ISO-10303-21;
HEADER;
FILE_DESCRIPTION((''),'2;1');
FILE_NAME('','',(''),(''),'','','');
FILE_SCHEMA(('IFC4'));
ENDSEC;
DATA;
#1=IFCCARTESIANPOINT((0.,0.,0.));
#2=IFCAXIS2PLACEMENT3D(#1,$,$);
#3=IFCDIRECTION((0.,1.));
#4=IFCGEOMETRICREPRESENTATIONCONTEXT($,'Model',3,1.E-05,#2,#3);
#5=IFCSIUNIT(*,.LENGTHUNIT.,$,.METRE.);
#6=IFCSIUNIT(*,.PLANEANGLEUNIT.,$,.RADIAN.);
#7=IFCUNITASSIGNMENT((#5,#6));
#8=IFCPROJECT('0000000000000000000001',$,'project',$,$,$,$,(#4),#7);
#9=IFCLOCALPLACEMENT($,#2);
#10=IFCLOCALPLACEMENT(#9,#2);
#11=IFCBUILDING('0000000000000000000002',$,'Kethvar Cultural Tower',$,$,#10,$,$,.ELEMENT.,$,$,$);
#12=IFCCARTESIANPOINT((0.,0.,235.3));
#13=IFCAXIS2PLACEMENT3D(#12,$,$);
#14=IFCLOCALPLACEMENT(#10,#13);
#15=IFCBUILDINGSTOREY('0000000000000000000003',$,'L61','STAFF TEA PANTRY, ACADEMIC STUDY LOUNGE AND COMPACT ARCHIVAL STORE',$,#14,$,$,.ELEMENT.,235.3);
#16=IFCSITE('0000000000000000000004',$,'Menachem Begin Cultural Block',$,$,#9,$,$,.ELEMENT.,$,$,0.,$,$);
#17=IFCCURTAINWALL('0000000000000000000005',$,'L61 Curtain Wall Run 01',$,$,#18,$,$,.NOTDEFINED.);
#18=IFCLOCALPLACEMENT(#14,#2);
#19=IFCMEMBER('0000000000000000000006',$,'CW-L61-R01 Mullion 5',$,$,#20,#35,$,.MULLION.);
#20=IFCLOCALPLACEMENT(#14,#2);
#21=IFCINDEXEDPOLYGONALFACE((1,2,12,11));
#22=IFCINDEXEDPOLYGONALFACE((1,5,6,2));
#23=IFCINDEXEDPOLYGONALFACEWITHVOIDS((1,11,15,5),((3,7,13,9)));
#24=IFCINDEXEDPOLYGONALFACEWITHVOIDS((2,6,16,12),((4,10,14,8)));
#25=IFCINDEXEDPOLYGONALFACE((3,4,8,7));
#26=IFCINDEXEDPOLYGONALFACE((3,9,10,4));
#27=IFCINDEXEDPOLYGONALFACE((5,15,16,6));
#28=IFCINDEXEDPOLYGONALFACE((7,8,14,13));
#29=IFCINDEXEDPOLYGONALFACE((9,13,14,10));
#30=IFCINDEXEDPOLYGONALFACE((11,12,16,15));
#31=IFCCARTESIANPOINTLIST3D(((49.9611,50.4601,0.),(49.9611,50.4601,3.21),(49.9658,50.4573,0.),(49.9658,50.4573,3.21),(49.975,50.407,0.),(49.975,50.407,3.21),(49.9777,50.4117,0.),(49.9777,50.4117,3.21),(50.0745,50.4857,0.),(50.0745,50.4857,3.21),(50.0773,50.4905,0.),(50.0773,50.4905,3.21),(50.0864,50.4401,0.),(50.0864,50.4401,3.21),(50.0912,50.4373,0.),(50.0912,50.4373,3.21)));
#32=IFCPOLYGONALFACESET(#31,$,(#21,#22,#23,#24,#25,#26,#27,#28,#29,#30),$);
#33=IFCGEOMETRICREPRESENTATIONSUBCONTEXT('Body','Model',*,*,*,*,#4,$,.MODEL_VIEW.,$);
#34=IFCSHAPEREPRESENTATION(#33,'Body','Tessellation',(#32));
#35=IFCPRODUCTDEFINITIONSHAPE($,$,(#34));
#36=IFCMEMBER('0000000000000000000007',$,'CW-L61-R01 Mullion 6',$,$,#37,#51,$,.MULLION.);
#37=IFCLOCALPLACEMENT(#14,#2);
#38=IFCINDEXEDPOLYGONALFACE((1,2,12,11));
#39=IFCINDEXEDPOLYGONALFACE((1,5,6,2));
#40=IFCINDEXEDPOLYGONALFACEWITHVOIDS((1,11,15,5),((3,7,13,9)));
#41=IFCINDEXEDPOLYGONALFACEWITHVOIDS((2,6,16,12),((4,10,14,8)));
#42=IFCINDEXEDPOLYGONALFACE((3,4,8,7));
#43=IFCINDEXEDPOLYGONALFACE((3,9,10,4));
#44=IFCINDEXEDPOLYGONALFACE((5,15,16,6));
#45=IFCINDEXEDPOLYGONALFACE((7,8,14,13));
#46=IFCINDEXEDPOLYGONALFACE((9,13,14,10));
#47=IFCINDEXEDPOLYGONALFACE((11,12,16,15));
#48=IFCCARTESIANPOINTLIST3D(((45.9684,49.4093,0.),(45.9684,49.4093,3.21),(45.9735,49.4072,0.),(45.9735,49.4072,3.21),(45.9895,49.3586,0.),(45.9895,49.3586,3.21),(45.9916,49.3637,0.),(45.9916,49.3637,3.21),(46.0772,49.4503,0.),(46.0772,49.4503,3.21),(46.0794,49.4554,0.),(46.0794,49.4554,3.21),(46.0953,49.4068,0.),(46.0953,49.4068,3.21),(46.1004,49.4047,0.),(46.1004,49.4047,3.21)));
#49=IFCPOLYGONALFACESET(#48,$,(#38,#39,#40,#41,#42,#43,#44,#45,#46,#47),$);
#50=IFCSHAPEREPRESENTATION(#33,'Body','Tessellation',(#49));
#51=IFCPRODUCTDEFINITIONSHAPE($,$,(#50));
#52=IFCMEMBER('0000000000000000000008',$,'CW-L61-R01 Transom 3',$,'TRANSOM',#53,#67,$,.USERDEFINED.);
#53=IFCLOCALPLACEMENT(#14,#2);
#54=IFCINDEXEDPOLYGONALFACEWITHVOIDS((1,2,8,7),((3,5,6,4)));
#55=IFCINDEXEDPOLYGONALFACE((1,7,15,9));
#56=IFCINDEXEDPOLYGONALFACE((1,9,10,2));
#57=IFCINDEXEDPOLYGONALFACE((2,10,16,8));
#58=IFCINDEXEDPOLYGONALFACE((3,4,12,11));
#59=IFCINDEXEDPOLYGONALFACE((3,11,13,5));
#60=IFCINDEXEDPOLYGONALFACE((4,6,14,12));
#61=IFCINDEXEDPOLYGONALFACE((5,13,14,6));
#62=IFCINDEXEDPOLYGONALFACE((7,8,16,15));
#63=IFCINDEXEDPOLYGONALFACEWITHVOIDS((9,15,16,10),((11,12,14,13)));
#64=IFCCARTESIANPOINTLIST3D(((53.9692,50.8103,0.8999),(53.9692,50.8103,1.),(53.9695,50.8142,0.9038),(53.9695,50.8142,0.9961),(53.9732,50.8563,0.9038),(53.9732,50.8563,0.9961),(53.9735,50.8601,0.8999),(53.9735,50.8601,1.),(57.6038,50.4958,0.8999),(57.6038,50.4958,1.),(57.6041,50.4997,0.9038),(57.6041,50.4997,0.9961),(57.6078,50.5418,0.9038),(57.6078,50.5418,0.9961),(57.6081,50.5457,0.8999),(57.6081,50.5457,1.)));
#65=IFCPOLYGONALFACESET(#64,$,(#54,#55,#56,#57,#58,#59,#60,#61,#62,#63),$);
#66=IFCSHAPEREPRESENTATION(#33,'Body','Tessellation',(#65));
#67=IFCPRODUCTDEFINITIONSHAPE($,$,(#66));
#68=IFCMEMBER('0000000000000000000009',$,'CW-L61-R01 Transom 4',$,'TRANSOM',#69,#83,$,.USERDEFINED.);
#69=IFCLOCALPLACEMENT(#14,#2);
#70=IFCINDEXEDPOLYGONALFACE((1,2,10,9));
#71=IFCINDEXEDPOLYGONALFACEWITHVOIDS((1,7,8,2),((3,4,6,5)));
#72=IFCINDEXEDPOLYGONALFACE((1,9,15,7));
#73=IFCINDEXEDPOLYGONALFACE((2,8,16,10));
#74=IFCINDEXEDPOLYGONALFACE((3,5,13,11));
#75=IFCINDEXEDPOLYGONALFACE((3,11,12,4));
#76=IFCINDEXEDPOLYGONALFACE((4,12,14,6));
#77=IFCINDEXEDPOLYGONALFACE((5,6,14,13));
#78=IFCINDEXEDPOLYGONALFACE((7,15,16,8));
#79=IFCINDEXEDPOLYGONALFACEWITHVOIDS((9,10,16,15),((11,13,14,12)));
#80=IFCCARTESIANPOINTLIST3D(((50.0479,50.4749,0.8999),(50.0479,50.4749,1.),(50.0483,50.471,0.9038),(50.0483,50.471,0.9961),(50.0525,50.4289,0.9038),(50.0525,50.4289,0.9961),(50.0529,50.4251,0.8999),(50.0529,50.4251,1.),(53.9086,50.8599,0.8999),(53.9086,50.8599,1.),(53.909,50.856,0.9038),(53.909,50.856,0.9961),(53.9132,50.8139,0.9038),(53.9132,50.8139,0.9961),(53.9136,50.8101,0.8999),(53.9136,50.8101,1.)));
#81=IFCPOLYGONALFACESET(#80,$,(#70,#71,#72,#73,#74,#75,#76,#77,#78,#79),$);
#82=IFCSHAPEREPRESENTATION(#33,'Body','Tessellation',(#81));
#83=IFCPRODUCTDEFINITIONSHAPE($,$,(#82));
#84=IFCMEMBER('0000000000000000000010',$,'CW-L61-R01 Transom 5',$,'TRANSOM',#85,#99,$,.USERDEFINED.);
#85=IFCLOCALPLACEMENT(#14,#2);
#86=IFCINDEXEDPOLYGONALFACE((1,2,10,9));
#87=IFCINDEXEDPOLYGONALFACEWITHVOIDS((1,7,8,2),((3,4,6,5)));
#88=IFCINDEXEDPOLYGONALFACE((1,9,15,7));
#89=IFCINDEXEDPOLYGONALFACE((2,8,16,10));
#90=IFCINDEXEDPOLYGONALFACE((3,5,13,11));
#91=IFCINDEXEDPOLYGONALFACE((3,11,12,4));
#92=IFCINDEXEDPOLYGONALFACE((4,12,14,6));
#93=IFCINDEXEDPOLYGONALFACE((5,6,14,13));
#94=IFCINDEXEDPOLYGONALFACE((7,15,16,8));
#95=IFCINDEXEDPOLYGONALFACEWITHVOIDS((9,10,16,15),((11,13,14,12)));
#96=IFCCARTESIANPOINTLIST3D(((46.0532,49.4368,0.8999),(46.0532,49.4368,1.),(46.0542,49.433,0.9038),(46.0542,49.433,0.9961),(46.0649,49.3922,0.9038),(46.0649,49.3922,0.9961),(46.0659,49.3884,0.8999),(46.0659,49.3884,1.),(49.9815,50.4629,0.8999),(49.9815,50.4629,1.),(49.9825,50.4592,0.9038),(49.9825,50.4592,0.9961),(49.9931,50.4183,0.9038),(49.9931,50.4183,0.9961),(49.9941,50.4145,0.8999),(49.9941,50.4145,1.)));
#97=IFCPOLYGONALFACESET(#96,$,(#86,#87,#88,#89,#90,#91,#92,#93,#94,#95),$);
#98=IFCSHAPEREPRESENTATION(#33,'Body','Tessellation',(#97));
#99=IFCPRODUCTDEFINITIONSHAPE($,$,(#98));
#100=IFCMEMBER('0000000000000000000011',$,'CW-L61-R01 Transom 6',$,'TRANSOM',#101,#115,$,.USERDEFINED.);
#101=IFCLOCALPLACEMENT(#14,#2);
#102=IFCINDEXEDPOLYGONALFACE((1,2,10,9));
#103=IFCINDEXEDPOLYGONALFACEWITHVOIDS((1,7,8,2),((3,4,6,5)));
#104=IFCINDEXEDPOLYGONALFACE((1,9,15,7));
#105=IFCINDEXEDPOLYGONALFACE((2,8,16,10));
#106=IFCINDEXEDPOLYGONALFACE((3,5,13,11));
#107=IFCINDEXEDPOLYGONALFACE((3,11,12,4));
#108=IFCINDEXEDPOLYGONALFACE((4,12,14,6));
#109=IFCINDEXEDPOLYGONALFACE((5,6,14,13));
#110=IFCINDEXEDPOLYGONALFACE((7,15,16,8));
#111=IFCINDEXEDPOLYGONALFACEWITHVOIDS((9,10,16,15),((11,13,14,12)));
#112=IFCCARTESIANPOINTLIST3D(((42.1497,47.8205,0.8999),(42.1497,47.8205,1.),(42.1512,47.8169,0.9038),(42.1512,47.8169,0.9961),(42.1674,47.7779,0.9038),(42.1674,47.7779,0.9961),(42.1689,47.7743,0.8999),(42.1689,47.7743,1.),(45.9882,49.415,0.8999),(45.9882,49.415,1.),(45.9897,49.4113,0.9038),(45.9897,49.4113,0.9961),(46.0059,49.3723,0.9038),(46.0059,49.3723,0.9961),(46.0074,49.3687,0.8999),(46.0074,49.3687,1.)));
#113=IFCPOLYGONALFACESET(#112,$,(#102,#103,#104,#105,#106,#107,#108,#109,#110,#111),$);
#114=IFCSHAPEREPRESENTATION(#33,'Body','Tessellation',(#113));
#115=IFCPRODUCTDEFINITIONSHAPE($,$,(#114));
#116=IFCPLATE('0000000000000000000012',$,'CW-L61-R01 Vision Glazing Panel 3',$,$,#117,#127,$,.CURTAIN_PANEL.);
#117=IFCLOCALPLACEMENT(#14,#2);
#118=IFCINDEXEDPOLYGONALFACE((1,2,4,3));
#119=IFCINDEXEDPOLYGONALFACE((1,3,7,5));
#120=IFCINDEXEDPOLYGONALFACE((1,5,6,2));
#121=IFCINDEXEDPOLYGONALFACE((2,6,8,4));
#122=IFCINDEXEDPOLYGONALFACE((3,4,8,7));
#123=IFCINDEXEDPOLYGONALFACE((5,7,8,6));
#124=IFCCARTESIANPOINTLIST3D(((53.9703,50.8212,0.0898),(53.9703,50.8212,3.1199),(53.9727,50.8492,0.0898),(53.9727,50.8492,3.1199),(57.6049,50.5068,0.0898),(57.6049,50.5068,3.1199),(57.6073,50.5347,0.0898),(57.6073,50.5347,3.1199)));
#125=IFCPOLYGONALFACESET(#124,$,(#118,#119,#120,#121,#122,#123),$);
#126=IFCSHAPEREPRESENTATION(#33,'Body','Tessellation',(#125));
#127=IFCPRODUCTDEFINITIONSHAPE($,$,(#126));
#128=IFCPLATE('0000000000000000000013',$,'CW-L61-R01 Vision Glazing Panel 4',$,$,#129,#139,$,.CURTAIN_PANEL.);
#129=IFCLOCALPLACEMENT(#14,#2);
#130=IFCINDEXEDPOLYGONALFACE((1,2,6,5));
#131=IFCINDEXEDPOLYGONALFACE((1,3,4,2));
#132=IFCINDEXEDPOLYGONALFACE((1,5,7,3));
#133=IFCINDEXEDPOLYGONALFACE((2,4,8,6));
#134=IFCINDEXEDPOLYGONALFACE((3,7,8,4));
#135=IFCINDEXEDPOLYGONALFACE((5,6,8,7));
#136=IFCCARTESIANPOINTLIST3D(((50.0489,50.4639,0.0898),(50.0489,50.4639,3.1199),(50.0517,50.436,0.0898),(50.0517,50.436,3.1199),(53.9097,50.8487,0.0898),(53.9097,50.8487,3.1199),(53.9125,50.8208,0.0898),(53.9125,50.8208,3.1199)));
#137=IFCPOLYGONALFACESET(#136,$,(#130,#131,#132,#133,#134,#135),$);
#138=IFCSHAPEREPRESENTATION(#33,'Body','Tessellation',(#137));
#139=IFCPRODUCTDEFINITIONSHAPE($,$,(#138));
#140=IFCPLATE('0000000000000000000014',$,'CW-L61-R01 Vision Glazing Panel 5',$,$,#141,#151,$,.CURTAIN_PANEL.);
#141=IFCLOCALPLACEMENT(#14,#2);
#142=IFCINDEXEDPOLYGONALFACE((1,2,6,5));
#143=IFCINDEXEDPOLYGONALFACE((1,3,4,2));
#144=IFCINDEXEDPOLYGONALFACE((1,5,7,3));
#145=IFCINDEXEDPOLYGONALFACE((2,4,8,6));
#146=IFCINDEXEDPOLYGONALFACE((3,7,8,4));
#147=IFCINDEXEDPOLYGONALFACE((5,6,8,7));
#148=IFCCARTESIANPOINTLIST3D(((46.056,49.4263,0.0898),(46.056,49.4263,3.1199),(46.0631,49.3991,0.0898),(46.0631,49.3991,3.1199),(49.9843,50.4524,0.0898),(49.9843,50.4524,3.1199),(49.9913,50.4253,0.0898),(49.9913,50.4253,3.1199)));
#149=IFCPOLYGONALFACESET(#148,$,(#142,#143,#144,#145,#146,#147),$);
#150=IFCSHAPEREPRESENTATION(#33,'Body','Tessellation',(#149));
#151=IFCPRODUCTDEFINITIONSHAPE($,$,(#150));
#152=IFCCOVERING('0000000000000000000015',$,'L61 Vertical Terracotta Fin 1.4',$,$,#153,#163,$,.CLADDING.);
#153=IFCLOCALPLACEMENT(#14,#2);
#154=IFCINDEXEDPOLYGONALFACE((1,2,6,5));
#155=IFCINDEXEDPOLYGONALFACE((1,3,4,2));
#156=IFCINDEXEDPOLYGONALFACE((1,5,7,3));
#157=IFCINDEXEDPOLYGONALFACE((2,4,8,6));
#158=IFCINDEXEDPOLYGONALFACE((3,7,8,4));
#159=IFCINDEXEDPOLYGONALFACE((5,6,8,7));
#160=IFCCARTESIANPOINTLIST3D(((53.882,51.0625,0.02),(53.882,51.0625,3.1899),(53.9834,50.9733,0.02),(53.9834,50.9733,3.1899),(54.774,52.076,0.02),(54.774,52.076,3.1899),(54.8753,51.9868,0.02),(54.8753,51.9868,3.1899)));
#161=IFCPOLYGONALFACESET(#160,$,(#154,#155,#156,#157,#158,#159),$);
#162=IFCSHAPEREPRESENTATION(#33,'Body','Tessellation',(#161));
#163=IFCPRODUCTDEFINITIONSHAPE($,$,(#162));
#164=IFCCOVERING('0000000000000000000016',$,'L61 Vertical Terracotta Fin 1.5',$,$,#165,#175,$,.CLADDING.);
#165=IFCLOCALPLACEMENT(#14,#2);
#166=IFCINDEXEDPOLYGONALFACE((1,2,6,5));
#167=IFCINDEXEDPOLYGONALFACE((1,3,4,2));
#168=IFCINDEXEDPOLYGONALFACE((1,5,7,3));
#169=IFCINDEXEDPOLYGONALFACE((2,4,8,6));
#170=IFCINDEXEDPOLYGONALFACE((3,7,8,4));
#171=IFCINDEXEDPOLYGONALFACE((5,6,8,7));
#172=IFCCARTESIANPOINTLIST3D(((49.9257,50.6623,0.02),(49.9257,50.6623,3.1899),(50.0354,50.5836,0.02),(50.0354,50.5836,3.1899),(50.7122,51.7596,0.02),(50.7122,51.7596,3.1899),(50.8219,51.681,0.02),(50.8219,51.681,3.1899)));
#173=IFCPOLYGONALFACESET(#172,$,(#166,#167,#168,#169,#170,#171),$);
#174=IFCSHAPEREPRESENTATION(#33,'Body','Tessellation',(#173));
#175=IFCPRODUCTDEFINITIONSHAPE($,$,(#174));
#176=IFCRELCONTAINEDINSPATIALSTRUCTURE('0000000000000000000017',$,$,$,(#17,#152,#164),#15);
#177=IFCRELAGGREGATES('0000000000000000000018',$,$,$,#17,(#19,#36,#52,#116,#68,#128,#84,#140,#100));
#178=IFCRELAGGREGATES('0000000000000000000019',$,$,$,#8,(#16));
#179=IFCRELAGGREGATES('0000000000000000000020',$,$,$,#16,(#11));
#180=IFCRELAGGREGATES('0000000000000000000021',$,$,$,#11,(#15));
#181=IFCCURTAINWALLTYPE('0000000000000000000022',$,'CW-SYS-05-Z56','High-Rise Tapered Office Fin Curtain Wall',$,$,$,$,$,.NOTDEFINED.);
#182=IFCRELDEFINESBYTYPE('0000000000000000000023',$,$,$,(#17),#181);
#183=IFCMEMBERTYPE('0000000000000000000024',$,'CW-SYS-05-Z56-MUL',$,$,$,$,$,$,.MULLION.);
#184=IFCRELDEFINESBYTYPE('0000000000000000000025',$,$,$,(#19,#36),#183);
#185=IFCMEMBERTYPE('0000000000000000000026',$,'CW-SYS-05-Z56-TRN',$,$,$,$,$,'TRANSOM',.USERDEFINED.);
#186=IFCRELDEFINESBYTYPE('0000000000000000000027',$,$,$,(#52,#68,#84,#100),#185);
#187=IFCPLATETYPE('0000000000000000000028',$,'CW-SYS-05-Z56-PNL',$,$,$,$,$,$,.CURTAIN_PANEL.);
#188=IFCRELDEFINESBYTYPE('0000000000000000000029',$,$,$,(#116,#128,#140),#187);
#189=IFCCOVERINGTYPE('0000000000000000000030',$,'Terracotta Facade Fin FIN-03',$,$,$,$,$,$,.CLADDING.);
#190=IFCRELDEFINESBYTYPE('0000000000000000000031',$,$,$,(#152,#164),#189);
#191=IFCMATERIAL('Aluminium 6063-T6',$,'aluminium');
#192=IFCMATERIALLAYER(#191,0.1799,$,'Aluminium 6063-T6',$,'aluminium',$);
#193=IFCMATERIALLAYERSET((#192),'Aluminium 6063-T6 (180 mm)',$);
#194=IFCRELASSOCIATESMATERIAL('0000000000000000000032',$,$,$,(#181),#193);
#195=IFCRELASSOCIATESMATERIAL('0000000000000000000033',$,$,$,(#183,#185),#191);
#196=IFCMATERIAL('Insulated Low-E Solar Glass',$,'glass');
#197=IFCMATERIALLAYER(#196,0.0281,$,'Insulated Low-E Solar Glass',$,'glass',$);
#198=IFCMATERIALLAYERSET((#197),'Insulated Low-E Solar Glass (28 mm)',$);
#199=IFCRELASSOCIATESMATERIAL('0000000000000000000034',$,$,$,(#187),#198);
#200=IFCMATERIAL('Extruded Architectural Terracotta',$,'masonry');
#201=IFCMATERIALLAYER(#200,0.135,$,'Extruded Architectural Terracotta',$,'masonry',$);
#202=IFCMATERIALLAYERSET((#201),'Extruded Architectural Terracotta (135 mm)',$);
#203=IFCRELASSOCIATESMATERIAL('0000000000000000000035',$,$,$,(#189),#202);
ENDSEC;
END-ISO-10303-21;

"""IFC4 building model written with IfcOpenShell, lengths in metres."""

from ifc_helpers import new_model, si_unit, direction, frame, origin, origin_2d, place, context, subcontext, project, spatial, rectangle, hollow_rectangle, extrude, source, transform, mapped, material, layer, layer_set, material_profile, profile_set, type_object, element, aggregate, save


model = new_model("IFC4")

# Units and contexts
model_context = context("Model", 3, precision=1e-05, world=origin(), true_north=direction((0.0, 1.0)))
body_context = subcontext(model_context, "Body", "Model", "MODEL_VIEW")
ifc_project = project(units=[si_unit("LENGTHUNIT", "METRE"), si_unit("PLANEANGLEUNIT", "RADIAN")], contexts=[model_context])

# Site, building, storey
site_placement = place(None, origin())
site = spatial("IfcSite", under=ifc_project, at=site_placement, Name="Menachem Begin Cultural Block", CompositionType="ELEMENT", RefElevation=0.0)
building_placement = place(site_placement, origin())
building = spatial("IfcBuilding", under=site, at=building_placement, Name="Kethvar Cultural Tower", CompositionType="ELEMENT")
storey_placement = place(building_placement, frame((0.0, 0.0, 235.3)))
storey = spatial("IfcBuildingStorey", under=building, at=storey_placement, Name="L61", Description="STAFF TEA PANTRY, ACADEMIC STUDY LOUNGE AND COMPACT ARCHIVAL STORE", CompositionType="ELEMENT", Elevation=235.3)

# Curtain wall, members, plates
ifc_material_1 = material(Name="Aluminium 6063-T6", Category="aluminium")
ifc_layer_1 = layer(ifc_material_1, 0.1799, Name="Aluminium 6063-T6", Category="aluminium")
ifc_layer_set_1 = layer_set([ifc_layer_1], Name="Aluminium 6063-T6 (180 mm)")
curtain_wall_type = type_object("IfcCurtainWallType", Name="CW-SYS-05-Z56", Description="High-Rise Tapered Office Fin Curtain Wall", PredefinedType="NOTDEFINED", material=ifc_layer_set_1)
curtain_wall_placement = place(storey_placement, origin())
curtain_wall = element("IfcCurtainWall", 1, at=curtain_wall_placement, inside=storey, type_object=curtain_wall_type, Name="L61 Curtain Wall Run 01", PredefinedType="NOTDEFINED")
ifc_material_profile_1 = material_profile(ifc_material_1, hollow_rectangle(XDim=0.0549, YDim=0.1201, WallThickness=0.0039, at=origin_2d()), Name="Aluminium 6063-T6 — RHS120x55x4")
ifc_profile_set_1 = profile_set([ifc_material_profile_1], Name="Aluminium 6063-T6 — RHS120x55x4")
member_type_1 = type_object("IfcMemberType", Name="CW-SYS-05-Z56-MUL", PredefinedType="MULLION", material=ifc_profile_set_1)
shared_shape_1 = source(origin(), body_context, "Body", "SweptSolid", [
    extrude(hollow_rectangle(XDim=0.0549, YDim=0.1201, WallThickness=0.0039, at=origin_2d()), origin(), (0.0, 0.0, 1.0), 3.21),
])
member_1_placement = place(storey_placement, frame((50.0261, 50.4487, 0.0), z_axis=(0.0, 0.0, 1.0), x_axis=(0.252745, -0.967533, 0.0)))
member_1 = element("IfcMember", 2, at=member_1_placement, type_object=member_type_1, Name="CW-L61-R01 Mullion 5", PredefinedType="MULLION", context=body_context, shape_type="MappedRepresentation", body=[
    mapped(shared_shape_1, transform((0.0, 0.0, 0.0), scale=1.0)),
])
member_2_placement = place(storey_placement, frame((46.0344, 49.407, 0.0), z_axis=(0.0, 0.0, 1.0), x_axis=(0.383618, -0.923492, 0.0)))
member_2 = element("IfcMember", 3, at=member_2_placement, type_object=member_type_1, Name="CW-L61-R01 Mullion 6", PredefinedType="MULLION", context=body_context, shape_type="MappedRepresentation", body=[
    mapped(shared_shape_1, transform((0.0, 0.0, 0.0), scale=1.0)),
])
ifc_material_profile_2 = material_profile(ifc_material_1, hollow_rectangle(XDim=0.05, YDim=0.1001, WallThickness=0.0039, at=origin_2d()), Name="Aluminium 6063-T6 — RHS100x50x4")
ifc_profile_set_2 = profile_set([ifc_material_profile_2], Name="Aluminium 6063-T6 — RHS100x50x4")
member_type_2 = type_object("IfcMemberType", Name="CW-SYS-05-Z56-TRN", ElementType="TRANSOM", PredefinedType="USERDEFINED", material=ifc_profile_set_2)
shared_shape_2 = source(origin(), body_context, "Body", "SweptSolid", [
    extrude(hollow_rectangle(XDim=0.05, YDim=0.1001, WallThickness=0.0039, at=origin_2d()), origin(), (0.0, 0.0, 1.0), 3.6482),
])
member_3_placement = place(storey_placement, frame((57.606, 50.5208, 0.95), z_axis=(-0.996278, 0.086196, 0.0), x_axis=(-0.086196, -0.996278, 0.0)))
member_3 = element("IfcMember", 4, at=member_3_placement, type_object=member_type_2, Name="CW-L61-R01 Transom 3", ObjectType="TRANSOM", PredefinedType="USERDEFINED", context=body_context, shape_type="MappedRepresentation", body=[
    mapped(shared_shape_2, transform((0.0, 0.0, 0.0), scale=1.0)),
])
shared_shape_3 = source(origin(), body_context, "Body", "SweptSolid", [
    extrude(hollow_rectangle(XDim=0.05, YDim=0.1001, WallThickness=0.0039, at=origin_2d()), origin(), (0.0, 0.0, 1.0), 3.8799),
])
member_4_placement = place(storey_placement, frame((53.9111, 50.835, 0.95), z_axis=(-0.995065, -0.09923, 0.0), x_axis=(0.09923, -0.995065, 0.0)))
member_4 = element("IfcMember", 5, at=member_4_placement, type_object=member_type_2, Name="CW-L61-R01 Transom 4", ObjectType="TRANSOM", PredefinedType="USERDEFINED", context=body_context, shape_type="MappedRepresentation", body=[
    mapped(shared_shape_3, transform((0.0, 0.0, 0.0), scale=1.0)),
])
shared_shape_4 = source(origin(), body_context, "Body", "SweptSolid", [
    extrude(hollow_rectangle(XDim=0.05, YDim=0.1001, WallThickness=0.0039, at=origin_2d()), origin(), (0.0, 0.0, 1.0), 4.0601),
])
member_5_placement = place(storey_placement, frame((49.9878, 50.4387, 0.95), z_axis=(-0.967535, -0.252738, 0.0), x_axis=(0.252738, -0.967535, 0.0)))
member_5 = element("IfcMember", 6, at=member_5_placement, type_object=member_type_2, Name="CW-L61-R01 Transom 5", ObjectType="TRANSOM", PredefinedType="USERDEFINED", context=body_context, shape_type="MappedRepresentation", body=[
    mapped(shared_shape_4, transform((0.0, 0.0, 0.0), scale=1.0)),
])
shared_shape_5 = source(origin(), body_context, "Body", "SweptSolid", [
    extrude(hollow_rectangle(XDim=0.05, YDim=0.1001, WallThickness=0.0039, at=origin_2d()), origin(), (0.0, 0.0, 1.0), 4.1565),
])
member_6_placement = place(storey_placement, frame((45.9978, 49.3918, 0.95), z_axis=(-0.923499, -0.383602, 0.0), x_axis=(0.383602, -0.923499, 0.0)))
member_6 = element("IfcMember", 7, at=member_6_placement, type_object=member_type_2, Name="CW-L61-R01 Transom 6", ObjectType="TRANSOM", PredefinedType="USERDEFINED", context=body_context, shape_type="MappedRepresentation", body=[
    mapped(shared_shape_5, transform((0.0, 0.0, 0.0), scale=1.0)),
])
ifc_material_2 = material(Name="Insulated Low-E Solar Glass", Category="glass")
ifc_layer_2 = layer(ifc_material_2, 0.0281, Name="Insulated Low-E Solar Glass", Category="glass")
ifc_layer_set_2 = layer_set([ifc_layer_2], Name="Insulated Low-E Solar Glass (28 mm)")
plate_type = type_object("IfcPlateType", Name="CW-SYS-05-Z56-PNL", PredefinedType="CURTAIN_PANEL", material=ifc_layer_set_2)
shared_shape_6 = source(origin(), body_context, "Body", "SweptSolid", [
    extrude(rectangle(XDim=3.6482, YDim=0.0281, at=origin_2d()), origin(), (0.0, 0.0, 1.0), 3.03),
])
plate_1_placement = place(storey_placement, frame((55.7888, 50.678, 0.0898), z_axis=(0.0, 0.0, 1.0), x_axis=(-0.996278, 0.086199, 0.0)))
plate_1 = element("IfcPlate", 8, at=plate_1_placement, type_object=plate_type, Name="CW-L61-R01 Vision Glazing Panel 3", PredefinedType="CURTAIN_PANEL", context=body_context, shape_type="MappedRepresentation", body=[
    mapped(shared_shape_6, transform((0.0, 0.0, 0.0), scale=1.0)),
])
shared_shape_7 = source(origin(), body_context, "Body", "SweptSolid", [
    extrude(rectangle(XDim=3.8799, YDim=0.0281, at=origin_2d()), origin(), (0.0, 0.0, 1.0), 3.03),
])
plate_2_placement = place(storey_placement, frame((51.9807, 50.6423, 0.0898), z_axis=(0.0, 0.0, 1.0), x_axis=(-0.995069, -0.099181, 0.0)))
plate_2 = element("IfcPlate", 9, at=plate_2_placement, type_object=plate_type, Name="CW-L61-R01 Vision Glazing Panel 4", PredefinedType="CURTAIN_PANEL", context=body_context, shape_type="MappedRepresentation", body=[
    mapped(shared_shape_7, transform((0.0, 0.0, 0.0), scale=1.0)),
])
shared_shape_8 = source(origin(), body_context, "Body", "SweptSolid", [
    extrude(rectangle(XDim=4.0601, YDim=0.0281, at=origin_2d()), origin(), (0.0, 0.0, 1.0), 3.03),
])
plate_3_placement = place(storey_placement, frame((48.0237, 49.9258, 0.0898), z_axis=(0.0, 0.0, 1.0), x_axis=(-0.967533, -0.252745, 0.0)))
plate_3 = element("IfcPlate", 10, at=plate_3_placement, type_object=plate_type, Name="CW-L61-R01 Vision Glazing Panel 5", PredefinedType="CURTAIN_PANEL", context=body_context, shape_type="MappedRepresentation", body=[
    mapped(shared_shape_8, transform((0.0, 0.0, 0.0), scale=1.0)),
])
aggregate(curtain_wall, [member_1, member_2, member_3, plate_1, member_4, plate_2, member_5, plate_3, member_6])

# Coverings
ifc_material_3 = material(Name="Extruded Architectural Terracotta", Category="masonry")
ifc_layer_3 = layer(ifc_material_3, 0.135, Name="Extruded Architectural Terracotta", Category="masonry")
ifc_layer_set_3 = layer_set([ifc_layer_3], Name="Extruded Architectural Terracotta (135 mm)")
covering_type = type_object("IfcCoveringType", Name="Terracotta Facade Fin FIN-03", PredefinedType="CLADDING", material=ifc_layer_set_3)
shared_shape_9 = source(origin(), body_context, "Body", "SweptSolid", [
    extrude(rectangle(XDim=1.3501, YDim=0.135, at=origin_2d()), origin(), (0.0, 0.0, 1.0), 3.1699),
])
for number, where, z_axis, x_axis, name in (
    (11, (54.3787, 51.5247, 0.02), (0.0, 0.0, 1.0), (0.660657, 0.750688, 0.0), "L61 Vertical Terracotta Fin 1.4"),
    (12, (50.3738, 51.1716, 0.02), (0.0, 0.0, 1.0), (0.582549, 0.812796, 0.0), "L61 Vertical Terracotta Fin 1.5"),
):
    element("IfcCovering", number, at=place(storey_placement, frame(where, z_axis=z_axis, x_axis=x_axis)), inside=storey, type_object=covering_type, Name=name, PredefinedType="CLADDING", context=body_context, shape_type="MappedRepresentation", body=[
        mapped(shared_shape_9, transform((0.0, 0.0, 0.0), scale=1.0)),
    ])

save(model, "model.ifc")
